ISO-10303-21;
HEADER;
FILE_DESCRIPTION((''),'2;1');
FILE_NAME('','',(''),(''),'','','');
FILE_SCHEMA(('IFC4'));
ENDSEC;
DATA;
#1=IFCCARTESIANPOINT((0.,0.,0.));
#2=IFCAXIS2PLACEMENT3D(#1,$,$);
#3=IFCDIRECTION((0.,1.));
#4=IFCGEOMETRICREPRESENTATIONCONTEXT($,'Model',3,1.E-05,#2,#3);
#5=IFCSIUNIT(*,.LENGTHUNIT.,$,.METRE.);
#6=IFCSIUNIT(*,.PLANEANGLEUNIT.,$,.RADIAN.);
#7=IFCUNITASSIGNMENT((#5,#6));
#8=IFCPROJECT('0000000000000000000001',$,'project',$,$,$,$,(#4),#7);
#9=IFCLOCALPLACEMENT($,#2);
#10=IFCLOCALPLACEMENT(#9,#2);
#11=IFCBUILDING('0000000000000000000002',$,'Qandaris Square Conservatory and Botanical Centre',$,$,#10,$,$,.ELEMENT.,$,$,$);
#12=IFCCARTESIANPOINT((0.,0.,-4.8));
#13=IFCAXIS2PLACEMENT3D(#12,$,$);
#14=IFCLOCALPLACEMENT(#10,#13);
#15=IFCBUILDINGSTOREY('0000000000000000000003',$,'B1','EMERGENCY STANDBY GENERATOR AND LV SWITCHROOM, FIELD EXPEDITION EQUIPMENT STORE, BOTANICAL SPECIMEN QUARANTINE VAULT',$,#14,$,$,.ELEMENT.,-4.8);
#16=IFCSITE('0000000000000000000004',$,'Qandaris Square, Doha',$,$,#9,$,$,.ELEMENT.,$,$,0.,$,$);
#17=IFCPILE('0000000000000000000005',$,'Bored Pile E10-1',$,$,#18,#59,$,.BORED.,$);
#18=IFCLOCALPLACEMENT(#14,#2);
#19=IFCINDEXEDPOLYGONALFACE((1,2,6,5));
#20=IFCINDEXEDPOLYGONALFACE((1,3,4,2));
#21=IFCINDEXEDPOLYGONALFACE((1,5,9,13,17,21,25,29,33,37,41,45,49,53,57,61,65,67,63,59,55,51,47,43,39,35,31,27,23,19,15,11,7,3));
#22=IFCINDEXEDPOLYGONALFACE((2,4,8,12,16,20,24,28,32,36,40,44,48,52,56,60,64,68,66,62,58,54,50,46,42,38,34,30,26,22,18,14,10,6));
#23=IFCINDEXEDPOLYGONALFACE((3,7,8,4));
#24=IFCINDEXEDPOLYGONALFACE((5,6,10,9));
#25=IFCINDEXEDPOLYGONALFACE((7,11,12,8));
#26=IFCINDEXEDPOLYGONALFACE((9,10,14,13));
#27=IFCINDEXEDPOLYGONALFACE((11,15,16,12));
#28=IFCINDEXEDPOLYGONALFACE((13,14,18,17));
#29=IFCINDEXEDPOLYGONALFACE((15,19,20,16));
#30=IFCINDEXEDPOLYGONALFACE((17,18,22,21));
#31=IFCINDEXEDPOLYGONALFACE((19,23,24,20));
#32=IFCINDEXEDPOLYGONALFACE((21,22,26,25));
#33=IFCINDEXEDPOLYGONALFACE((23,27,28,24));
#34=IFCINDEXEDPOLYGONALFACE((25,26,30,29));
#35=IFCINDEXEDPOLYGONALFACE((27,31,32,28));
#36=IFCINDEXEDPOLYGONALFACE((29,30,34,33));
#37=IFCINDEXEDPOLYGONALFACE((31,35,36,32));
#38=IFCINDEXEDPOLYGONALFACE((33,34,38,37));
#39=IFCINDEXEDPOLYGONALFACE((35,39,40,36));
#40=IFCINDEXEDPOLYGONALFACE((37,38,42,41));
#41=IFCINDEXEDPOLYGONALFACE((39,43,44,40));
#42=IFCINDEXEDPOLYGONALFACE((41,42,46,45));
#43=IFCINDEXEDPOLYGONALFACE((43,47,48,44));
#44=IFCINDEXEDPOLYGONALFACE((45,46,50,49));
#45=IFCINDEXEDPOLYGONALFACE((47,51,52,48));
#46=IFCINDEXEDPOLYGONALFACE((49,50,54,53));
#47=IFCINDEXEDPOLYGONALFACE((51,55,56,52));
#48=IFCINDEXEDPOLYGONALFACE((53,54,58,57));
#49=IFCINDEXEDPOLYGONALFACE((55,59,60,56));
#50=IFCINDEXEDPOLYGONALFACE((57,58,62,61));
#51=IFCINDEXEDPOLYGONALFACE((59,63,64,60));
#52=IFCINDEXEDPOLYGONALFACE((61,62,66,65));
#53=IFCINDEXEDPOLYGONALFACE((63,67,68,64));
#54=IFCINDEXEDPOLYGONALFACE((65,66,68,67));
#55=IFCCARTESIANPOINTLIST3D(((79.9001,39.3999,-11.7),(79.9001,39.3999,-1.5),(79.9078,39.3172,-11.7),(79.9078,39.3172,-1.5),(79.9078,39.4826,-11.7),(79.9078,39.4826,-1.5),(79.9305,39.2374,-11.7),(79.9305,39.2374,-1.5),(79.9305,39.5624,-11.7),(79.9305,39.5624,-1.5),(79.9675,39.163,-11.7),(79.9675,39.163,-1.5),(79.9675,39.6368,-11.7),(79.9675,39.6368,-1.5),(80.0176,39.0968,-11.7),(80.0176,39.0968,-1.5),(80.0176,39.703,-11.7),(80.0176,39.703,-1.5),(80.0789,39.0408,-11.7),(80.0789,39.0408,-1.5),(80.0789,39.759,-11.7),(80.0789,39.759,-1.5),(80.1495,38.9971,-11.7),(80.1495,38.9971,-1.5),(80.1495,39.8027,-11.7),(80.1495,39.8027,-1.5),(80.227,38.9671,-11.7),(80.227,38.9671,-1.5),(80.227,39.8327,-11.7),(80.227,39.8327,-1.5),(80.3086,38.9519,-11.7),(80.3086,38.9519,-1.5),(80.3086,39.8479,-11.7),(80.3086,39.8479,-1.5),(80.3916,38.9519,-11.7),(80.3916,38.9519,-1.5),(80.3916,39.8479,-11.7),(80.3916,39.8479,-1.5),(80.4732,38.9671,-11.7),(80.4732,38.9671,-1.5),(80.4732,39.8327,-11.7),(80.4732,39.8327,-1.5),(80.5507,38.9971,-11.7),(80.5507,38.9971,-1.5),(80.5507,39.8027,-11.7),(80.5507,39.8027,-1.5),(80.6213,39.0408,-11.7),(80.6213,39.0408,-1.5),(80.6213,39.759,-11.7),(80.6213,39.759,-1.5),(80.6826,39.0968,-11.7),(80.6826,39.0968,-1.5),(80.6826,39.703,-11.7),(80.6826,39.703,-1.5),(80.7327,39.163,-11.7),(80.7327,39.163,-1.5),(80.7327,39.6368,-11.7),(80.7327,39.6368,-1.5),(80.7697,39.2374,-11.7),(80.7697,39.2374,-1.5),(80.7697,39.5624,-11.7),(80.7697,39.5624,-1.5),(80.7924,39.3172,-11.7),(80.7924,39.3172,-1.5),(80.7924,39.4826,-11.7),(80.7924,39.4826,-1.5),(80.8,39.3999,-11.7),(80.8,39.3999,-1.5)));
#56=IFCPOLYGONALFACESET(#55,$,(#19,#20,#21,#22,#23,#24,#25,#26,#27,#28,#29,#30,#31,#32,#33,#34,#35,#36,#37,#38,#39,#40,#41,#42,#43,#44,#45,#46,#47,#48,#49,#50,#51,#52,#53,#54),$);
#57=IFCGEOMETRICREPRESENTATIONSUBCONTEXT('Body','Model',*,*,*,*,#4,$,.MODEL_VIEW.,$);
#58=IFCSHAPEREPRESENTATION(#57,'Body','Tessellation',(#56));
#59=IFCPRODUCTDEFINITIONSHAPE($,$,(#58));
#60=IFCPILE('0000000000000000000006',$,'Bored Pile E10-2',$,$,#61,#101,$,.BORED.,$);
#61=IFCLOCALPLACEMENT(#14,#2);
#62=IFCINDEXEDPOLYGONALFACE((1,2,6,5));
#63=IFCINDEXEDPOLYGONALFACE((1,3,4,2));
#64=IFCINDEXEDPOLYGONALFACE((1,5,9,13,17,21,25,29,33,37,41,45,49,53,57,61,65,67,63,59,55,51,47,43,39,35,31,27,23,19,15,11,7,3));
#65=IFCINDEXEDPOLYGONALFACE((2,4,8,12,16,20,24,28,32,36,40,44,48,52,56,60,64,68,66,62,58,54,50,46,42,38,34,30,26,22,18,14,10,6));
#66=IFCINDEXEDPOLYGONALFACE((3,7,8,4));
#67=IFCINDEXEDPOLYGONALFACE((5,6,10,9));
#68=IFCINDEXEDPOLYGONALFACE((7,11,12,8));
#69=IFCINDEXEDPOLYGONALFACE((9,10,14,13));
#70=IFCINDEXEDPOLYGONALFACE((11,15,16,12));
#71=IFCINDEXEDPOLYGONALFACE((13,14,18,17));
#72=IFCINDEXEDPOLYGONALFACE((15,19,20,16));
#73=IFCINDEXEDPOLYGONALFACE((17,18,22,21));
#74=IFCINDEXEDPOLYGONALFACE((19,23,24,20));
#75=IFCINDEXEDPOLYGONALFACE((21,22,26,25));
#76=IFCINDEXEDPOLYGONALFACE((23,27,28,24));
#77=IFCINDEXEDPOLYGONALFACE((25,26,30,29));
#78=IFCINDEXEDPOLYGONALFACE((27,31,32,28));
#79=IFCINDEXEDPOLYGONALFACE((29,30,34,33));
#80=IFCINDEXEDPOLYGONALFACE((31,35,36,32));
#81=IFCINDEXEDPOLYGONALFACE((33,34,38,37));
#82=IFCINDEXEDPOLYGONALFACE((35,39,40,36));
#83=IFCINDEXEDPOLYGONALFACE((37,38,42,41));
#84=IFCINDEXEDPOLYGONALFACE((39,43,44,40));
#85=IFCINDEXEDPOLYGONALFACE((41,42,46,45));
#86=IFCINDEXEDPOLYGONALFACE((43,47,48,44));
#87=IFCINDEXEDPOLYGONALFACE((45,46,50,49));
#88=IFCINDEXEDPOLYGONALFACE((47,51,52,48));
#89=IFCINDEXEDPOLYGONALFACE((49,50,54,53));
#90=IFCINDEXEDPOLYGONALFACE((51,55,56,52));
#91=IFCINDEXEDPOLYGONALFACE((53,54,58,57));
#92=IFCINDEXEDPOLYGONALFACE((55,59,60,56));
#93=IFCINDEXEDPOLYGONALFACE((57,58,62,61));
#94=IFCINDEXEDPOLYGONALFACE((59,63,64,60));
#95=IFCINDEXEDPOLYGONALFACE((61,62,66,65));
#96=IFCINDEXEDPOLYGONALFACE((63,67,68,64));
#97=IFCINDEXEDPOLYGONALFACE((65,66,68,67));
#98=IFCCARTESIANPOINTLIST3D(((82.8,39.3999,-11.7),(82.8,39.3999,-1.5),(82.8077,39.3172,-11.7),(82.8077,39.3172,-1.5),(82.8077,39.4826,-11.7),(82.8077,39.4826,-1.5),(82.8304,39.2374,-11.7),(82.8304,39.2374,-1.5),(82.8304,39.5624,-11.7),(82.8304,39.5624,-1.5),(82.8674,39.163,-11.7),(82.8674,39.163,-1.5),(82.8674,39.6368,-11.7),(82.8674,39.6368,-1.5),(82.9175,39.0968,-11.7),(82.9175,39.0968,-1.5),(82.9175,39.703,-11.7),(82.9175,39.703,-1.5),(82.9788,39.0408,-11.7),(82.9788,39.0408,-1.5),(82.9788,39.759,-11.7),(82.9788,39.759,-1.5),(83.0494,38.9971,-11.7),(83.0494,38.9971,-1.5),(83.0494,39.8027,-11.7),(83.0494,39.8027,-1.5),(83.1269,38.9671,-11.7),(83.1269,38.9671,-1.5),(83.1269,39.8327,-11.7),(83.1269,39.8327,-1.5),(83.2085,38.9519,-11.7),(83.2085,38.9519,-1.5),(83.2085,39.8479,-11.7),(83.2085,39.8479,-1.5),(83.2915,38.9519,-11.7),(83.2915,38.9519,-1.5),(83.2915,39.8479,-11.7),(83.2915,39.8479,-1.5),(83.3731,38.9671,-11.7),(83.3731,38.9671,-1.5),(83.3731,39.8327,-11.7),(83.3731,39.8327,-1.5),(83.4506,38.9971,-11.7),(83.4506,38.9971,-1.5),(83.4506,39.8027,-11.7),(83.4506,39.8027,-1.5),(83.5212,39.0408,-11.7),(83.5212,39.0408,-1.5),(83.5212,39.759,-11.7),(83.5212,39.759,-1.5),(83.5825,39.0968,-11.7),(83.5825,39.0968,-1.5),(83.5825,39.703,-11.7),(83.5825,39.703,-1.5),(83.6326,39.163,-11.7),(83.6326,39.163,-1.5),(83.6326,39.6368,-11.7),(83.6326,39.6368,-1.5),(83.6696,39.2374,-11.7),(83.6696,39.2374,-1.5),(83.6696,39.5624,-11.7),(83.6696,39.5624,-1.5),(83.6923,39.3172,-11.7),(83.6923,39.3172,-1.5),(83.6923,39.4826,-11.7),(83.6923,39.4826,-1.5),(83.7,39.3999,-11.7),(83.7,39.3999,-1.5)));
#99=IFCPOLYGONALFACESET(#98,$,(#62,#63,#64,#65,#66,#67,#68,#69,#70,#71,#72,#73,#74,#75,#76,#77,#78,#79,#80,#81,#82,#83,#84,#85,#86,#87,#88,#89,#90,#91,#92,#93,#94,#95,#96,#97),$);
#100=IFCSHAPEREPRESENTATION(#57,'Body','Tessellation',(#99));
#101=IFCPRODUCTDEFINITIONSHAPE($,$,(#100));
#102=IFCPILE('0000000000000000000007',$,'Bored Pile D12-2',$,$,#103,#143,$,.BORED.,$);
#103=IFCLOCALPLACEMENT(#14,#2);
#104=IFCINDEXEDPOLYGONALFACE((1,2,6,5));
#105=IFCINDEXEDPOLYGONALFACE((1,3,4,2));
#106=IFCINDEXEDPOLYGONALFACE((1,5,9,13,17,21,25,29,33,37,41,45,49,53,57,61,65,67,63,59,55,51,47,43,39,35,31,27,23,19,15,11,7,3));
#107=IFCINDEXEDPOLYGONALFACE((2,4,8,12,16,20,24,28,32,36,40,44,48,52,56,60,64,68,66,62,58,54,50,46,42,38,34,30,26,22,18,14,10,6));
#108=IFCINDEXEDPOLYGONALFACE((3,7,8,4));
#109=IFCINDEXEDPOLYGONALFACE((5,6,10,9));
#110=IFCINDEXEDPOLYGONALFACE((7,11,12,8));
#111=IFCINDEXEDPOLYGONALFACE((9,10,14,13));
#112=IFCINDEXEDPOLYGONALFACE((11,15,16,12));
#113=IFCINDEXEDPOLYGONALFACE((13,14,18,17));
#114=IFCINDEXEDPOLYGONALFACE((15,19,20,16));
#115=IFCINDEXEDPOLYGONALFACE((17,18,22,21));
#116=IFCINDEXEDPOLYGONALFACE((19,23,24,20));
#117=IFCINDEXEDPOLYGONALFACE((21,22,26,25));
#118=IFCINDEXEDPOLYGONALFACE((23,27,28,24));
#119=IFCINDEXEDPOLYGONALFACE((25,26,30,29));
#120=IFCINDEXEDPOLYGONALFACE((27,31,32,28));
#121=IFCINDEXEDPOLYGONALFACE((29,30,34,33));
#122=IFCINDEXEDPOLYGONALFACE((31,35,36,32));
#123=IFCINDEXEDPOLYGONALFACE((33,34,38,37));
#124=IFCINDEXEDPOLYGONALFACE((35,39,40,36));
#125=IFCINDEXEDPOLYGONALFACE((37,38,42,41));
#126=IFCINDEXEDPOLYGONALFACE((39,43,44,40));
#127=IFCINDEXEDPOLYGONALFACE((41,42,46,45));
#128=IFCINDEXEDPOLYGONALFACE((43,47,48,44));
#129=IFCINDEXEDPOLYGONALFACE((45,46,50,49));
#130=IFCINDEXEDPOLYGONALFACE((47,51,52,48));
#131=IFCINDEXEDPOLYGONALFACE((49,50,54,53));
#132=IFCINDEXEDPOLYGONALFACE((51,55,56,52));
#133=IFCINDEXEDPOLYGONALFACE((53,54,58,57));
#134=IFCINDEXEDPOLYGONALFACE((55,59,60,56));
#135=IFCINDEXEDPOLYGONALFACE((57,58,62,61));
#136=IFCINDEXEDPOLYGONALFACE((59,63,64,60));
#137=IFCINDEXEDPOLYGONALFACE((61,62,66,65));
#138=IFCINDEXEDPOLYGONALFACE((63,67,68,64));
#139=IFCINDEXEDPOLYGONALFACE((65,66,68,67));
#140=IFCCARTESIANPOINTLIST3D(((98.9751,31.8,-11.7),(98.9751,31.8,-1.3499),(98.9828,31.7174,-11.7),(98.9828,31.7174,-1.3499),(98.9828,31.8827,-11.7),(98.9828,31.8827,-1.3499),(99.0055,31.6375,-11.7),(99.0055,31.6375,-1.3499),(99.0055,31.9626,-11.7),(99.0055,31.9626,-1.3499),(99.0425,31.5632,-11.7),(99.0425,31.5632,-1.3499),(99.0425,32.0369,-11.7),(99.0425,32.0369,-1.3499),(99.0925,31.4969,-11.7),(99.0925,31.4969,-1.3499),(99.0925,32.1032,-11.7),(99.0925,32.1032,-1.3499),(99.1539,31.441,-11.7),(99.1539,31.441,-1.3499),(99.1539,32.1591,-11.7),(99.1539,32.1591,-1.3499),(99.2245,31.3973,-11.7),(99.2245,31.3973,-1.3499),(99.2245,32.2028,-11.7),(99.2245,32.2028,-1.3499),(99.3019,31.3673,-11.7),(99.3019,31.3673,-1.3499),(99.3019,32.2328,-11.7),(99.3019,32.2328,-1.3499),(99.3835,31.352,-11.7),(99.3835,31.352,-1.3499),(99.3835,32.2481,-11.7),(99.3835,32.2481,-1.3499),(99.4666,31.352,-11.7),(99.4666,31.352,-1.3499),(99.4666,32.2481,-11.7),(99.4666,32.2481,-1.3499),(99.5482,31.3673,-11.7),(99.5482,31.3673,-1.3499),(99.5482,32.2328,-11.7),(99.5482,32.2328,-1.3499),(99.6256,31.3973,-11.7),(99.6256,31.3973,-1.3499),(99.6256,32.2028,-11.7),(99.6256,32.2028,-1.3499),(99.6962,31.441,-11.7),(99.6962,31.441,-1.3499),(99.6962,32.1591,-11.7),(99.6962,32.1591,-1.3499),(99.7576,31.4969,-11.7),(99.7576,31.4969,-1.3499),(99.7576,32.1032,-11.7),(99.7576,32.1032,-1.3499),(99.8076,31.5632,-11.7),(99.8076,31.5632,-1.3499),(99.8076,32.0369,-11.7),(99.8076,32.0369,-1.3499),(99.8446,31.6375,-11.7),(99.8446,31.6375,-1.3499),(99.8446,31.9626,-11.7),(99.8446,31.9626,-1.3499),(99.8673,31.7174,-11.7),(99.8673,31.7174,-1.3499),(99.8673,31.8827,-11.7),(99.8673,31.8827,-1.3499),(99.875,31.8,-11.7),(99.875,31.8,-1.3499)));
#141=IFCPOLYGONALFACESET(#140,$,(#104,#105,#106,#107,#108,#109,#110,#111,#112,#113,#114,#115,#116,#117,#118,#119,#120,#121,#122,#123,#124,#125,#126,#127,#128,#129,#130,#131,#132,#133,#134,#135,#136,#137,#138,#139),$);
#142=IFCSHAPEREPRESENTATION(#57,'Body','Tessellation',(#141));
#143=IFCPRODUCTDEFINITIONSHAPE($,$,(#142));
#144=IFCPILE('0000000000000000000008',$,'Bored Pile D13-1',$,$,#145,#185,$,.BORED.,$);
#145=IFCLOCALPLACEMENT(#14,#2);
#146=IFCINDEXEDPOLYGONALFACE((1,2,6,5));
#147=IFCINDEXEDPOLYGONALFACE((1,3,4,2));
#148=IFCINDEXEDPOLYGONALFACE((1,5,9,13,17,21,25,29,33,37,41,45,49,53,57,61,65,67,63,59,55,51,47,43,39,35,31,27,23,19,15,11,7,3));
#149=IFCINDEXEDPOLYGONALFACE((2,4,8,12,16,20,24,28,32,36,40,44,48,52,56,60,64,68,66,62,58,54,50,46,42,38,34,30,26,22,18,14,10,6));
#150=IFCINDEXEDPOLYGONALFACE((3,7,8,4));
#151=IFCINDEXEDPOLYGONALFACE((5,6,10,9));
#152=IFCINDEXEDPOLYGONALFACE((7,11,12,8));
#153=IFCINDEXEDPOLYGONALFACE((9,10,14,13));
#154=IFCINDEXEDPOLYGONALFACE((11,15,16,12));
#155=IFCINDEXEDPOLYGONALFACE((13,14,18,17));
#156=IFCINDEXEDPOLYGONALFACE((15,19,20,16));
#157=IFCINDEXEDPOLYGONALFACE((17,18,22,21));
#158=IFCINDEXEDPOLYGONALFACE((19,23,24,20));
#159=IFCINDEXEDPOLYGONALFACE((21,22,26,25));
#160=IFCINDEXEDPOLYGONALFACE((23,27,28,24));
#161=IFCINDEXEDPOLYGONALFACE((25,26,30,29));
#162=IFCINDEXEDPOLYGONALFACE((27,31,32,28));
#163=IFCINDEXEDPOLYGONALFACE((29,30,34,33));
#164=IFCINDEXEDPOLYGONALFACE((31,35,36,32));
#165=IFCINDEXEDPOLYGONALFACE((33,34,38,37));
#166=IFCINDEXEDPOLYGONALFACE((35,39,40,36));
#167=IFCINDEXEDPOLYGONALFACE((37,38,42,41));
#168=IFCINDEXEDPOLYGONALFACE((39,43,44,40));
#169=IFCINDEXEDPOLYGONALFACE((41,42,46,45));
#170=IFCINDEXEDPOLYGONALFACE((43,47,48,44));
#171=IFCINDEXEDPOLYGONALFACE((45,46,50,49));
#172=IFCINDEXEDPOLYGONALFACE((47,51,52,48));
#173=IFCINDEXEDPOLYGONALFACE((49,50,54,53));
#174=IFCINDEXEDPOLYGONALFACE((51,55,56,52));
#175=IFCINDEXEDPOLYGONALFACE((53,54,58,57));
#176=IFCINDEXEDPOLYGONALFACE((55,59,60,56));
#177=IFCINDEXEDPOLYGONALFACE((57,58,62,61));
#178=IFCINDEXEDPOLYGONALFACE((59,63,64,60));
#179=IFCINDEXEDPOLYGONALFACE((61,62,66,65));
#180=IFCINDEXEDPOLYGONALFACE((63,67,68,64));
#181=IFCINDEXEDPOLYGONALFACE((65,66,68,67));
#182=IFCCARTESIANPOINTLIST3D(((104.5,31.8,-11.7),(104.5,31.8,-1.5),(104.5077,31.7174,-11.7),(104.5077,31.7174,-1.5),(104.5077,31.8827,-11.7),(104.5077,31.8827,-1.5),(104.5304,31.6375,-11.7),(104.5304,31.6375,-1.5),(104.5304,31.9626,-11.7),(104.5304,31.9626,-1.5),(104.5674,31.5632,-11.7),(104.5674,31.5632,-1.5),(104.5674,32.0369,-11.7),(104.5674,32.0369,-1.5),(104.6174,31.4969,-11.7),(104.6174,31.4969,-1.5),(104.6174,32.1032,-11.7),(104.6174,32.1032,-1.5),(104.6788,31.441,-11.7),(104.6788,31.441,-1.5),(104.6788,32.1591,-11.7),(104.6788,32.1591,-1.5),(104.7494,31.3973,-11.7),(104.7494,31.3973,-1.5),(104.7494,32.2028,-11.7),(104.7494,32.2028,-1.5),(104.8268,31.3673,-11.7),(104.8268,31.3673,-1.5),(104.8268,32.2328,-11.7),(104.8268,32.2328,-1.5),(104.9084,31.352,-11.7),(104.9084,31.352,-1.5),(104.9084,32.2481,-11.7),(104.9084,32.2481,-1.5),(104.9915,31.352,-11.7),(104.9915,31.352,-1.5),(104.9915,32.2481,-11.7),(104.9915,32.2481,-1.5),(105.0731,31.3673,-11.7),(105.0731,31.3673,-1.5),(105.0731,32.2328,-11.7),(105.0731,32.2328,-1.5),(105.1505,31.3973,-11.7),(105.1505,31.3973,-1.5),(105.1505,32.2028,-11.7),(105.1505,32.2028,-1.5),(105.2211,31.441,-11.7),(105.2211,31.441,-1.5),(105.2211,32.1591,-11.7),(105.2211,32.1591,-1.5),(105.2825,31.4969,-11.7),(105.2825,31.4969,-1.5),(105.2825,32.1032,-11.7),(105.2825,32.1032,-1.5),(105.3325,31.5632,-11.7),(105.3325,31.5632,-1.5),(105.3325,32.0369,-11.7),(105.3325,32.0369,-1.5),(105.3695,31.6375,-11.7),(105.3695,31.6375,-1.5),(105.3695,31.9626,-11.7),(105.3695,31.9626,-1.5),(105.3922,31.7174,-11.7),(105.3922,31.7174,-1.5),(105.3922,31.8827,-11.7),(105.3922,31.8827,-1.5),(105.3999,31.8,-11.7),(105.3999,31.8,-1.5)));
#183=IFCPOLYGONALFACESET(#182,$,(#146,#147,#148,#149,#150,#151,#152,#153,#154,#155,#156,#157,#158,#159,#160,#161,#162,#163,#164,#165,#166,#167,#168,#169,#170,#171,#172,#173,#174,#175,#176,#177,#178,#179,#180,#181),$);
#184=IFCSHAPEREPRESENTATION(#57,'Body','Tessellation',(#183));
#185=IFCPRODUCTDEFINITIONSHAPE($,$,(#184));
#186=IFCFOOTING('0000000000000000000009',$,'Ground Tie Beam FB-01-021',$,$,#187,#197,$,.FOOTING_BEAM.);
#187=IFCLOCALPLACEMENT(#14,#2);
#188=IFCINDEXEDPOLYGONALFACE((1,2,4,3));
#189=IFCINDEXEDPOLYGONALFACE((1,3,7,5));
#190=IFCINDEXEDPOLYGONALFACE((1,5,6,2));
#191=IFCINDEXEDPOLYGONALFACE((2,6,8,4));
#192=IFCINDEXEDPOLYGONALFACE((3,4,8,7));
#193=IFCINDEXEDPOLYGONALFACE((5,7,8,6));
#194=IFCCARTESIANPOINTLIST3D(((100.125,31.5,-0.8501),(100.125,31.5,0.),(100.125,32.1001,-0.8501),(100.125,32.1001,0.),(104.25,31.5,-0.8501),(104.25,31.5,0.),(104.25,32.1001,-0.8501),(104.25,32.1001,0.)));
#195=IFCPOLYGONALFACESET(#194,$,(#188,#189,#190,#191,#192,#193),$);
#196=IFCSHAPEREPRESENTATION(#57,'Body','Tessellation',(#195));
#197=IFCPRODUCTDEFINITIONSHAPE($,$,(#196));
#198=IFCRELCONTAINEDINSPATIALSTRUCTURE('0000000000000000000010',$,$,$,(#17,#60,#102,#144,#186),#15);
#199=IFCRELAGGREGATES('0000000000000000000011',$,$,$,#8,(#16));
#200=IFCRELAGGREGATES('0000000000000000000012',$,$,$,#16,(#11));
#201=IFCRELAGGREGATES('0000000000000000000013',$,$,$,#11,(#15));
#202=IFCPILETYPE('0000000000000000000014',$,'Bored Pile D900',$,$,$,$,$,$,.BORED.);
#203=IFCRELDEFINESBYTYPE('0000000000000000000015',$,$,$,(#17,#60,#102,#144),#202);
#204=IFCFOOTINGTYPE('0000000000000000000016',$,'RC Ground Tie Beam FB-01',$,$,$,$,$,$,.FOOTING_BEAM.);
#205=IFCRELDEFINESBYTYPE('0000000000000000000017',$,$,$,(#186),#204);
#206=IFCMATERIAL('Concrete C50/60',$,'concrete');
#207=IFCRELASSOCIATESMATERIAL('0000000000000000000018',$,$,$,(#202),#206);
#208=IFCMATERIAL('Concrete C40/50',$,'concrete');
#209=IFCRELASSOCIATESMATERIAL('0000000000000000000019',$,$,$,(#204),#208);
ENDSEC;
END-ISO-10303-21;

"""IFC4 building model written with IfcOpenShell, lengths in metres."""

from ifc_helpers import new_model, si_unit, direction, frame, origin, origin_2d, place, context, subcontext, project, spatial, rectangle, circle, extrude, material, material_profile, profile_set, type_object, element, save


model = new_model("IFC4")

# Units and contexts
model_context = context("Model", 3, precision=1e-05, world=origin(), true_north=direction((0.0, 1.0)))
body_context = subcontext(model_context, "Body", "Model", "MODEL_VIEW")
ifc_project = project(units=[si_unit("LENGTHUNIT", "METRE"), si_unit("PLANEANGLEUNIT", "RADIAN")], contexts=[model_context])

# Site, building, storey
site_placement = place(None, origin())
site = spatial("IfcSite", under=ifc_project, at=site_placement, Name="Qandaris Square, Doha", CompositionType="ELEMENT", RefElevation=0.0)
building_placement = place(site_placement, origin())
building = spatial("IfcBuilding", under=site, at=building_placement, Name="Qandaris Square Conservatory and Botanical Centre", CompositionType="ELEMENT")
storey_placement = place(building_placement, frame((0.0, 0.0, -4.8)))
storey = spatial("IfcBuildingStorey", under=building, at=storey_placement, Name="B1", Description="EMERGENCY STANDBY GENERATOR AND LV SWITCHROOM, FIELD EXPEDITION EQUIPMENT STORE, BOTANICAL SPECIMEN QUARANTINE VAULT", CompositionType="ELEMENT", Elevation=-4.8)

# Piles
ifc_material_1 = material(Name="Concrete C50/60", Category="concrete")
ifc_material_profile_1 = material_profile(ifc_material_1, circle(Radius=0.45, at=origin_2d()), Name="PILE D900")
ifc_profile_set_1 = profile_set([ifc_material_profile_1], Name="Concrete C50/60")
pile_type = type_object("IfcPileType", Name="Bored Pile D900", PredefinedType="BORED", material=ifc_profile_set_1)
for number, where, z_axis, x_axis, name in (
    (1, (80.3501, 39.3999, -1.5), (0.0, 0.0, -1.0), (1.0, 0.0, 0.0), "Bored Pile E10-1"),
    (2, (83.25, 39.3999, -1.5), (0.0, 0.0, -1.0), (1.0, 0.0, 0.0), "Bored Pile E10-2"),
):
    element("IfcPile", number, at=place(storey_placement, frame(where, z_axis=z_axis, x_axis=x_axis)), inside=storey, type_object=pile_type, Name=name, PredefinedType="BORED", context=body_context, shape_type="SweptSolid", body=[
        extrude(circle(Radius=0.45, at=origin_2d()), origin(), (0.0, 0.0, 1.0), 10.2),
    ])
pile_1_placement = place(storey_placement, frame((99.425, 31.8, -1.3499), z_axis=(0.0, 0.0, -1.0), x_axis=(1.0, 0.0, 0.0)))
element("IfcPile", 3, at=pile_1_placement, inside=storey, type_object=pile_type, Name="Bored Pile D12-2", PredefinedType="BORED", context=body_context, shape_type="SweptSolid", body=[
    extrude(circle(Radius=0.45, at=origin_2d()), origin(), (0.0, 0.0, 1.0), 10.3501),
])
pile_2_placement = place(storey_placement, frame((104.95, 31.8, -1.5), z_axis=(0.0, 0.0, -1.0), x_axis=(1.0, 0.0, 0.0)))
element("IfcPile", 4, at=pile_2_placement, inside=storey, type_object=pile_type, Name="Bored Pile D13-1", PredefinedType="BORED", context=body_context, shape_type="SweptSolid", body=[
    extrude(circle(Radius=0.45, at=origin_2d()), origin(), (0.0, 0.0, 1.0), 10.2),
])

# Footing
ifc_material_2 = material(Name="Concrete C40/50", Category="concrete")
ifc_material_profile_2 = material_profile(ifc_material_2, rectangle(XDim=0.6001, YDim=0.8501, at=origin_2d()), Name="FB 600x850")
ifc_profile_set_2 = profile_set([ifc_material_profile_2], Name="Concrete C40/50")
footing_type_1 = type_object("IfcFootingType", Name="RC Ground Tie Beam FB-01", PredefinedType="FOOTING_BEAM", material=ifc_profile_set_2)
footing_1_placement = place(storey_placement, frame((100.125, 31.8, -0.425), z_axis=(1.0, 0.0, 0.0), x_axis=(0.0, 1.0, 0.0)))
element("IfcFooting", 5, at=footing_1_placement, inside=storey, type_object=footing_type_1, Name="Ground Tie Beam FB-01-021", PredefinedType="FOOTING_BEAM", context=body_context, shape_type="SweptSolid", body=[
    extrude(rectangle(XDim=0.6001, YDim=0.8501, at=origin_2d()), origin(), (0.0, 0.0, 1.0), 4.125),
])

save(model, "model.ifc")
